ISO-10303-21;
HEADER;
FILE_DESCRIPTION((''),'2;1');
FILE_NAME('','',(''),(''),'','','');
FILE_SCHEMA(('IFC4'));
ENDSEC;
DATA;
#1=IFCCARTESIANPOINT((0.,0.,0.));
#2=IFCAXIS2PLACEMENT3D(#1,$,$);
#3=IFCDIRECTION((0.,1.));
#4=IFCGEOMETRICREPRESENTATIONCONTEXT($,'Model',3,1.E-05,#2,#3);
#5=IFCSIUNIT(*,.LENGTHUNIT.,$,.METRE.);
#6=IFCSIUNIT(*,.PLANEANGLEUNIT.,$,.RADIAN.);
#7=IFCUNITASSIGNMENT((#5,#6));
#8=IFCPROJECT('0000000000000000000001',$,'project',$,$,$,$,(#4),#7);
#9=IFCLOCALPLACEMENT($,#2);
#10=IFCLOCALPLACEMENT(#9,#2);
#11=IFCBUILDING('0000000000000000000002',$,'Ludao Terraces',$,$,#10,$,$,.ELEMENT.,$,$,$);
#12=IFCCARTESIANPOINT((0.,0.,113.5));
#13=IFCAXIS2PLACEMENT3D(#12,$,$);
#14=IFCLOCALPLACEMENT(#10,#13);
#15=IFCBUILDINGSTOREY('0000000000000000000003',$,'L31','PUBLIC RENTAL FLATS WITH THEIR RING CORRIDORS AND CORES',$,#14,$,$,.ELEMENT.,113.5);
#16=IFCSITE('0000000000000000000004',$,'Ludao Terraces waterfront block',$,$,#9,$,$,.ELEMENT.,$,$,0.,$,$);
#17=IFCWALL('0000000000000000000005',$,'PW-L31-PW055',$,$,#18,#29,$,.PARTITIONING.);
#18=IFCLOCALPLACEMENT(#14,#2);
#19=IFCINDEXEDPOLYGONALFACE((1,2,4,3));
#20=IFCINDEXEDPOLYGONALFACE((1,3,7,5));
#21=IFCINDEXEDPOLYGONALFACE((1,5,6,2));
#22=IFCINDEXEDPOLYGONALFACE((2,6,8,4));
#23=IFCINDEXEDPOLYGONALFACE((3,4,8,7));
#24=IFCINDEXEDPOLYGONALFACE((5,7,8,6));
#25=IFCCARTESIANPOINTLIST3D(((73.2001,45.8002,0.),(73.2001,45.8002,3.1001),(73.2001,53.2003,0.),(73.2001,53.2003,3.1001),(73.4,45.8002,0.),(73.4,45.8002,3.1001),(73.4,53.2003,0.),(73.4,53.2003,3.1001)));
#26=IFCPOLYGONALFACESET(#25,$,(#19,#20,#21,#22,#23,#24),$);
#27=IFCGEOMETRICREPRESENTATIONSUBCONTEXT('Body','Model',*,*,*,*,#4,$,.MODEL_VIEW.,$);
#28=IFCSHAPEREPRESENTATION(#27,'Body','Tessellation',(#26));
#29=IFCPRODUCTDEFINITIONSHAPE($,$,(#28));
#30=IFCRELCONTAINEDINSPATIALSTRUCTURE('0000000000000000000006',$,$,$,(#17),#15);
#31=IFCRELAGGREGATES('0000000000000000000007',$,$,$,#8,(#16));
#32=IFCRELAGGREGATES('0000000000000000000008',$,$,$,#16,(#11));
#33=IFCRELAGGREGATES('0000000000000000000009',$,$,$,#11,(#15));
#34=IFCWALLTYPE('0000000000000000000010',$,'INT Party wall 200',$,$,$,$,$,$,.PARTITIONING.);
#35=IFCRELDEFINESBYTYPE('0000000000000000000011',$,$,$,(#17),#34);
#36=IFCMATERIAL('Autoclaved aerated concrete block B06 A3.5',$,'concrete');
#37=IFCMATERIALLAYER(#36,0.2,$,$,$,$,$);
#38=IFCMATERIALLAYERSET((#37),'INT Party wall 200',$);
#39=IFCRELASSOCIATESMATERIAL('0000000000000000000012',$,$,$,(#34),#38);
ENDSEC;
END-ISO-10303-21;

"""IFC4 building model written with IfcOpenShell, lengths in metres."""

from ifc_helpers import new_model, si_unit, direction, frame, frame_2d, origin, place, context, subcontext, project, spatial, rectangle, extrude, material, layer, layer_set, type_object, element, save


model = new_model("IFC4")

# Units and contexts
model_context = context("Model", 3, precision=1e-05, world=origin(), true_north=direction((0.0, 1.0)))
body_context = subcontext(model_context, "Body", "Model", "MODEL_VIEW")
ifc_project = project(units=[si_unit("LENGTHUNIT", "METRE"), si_unit("PLANEANGLEUNIT", "RADIAN")], contexts=[model_context])

# Site, building, storey
site_placement = place(None, origin())
site = spatial("IfcSite", under=ifc_project, at=site_placement, Name="Ludao Terraces waterfront block", CompositionType="ELEMENT", RefElevation=0.0)
building_placement = place(site_placement, origin())
building = spatial("IfcBuilding", under=site, at=building_placement, Name="Ludao Terraces", CompositionType="ELEMENT")
storey_placement = place(building_placement, frame((0.0, 0.0, 113.5)))
storey = spatial("IfcBuildingStorey", under=building, at=storey_placement, Name="L31", Description="PUBLIC RENTAL FLATS WITH THEIR RING CORRIDORS AND CORES", CompositionType="ELEMENT", Elevation=113.5)

# Wall
ifc_material_1 = material(Name="Autoclaved aerated concrete block B06 A3.5", Category="concrete")
ifc_layer_1 = layer(ifc_material_1, 0.2)
ifc_layer_set_1 = layer_set([ifc_layer_1], Name="INT Party wall 200")
wall_type_1 = type_object("IfcWallType", Name="INT Party wall 200", PredefinedType="PARTITIONING", material=ifc_layer_set_1)
wall_1_placement = place(storey_placement, frame((73.3, 45.8, 0.0), z_axis=(0.0, 0.0, 1.0), x_axis=(0.0, 1.0, 0.0)))
element("IfcWall", 1, at=wall_1_placement, inside=storey, type_object=wall_type_1, Name="PW-L31-PW055", PredefinedType="PARTITIONING", context=body_context, shape_type="SweptSolid", body=[
    extrude(rectangle(XDim=7.4001, YDim=0.2, at=frame_2d((3.7002, 0.0))), origin(), (0.0, 0.0, 1.0), 3.1001),
])

save(model, "model.ifc")
